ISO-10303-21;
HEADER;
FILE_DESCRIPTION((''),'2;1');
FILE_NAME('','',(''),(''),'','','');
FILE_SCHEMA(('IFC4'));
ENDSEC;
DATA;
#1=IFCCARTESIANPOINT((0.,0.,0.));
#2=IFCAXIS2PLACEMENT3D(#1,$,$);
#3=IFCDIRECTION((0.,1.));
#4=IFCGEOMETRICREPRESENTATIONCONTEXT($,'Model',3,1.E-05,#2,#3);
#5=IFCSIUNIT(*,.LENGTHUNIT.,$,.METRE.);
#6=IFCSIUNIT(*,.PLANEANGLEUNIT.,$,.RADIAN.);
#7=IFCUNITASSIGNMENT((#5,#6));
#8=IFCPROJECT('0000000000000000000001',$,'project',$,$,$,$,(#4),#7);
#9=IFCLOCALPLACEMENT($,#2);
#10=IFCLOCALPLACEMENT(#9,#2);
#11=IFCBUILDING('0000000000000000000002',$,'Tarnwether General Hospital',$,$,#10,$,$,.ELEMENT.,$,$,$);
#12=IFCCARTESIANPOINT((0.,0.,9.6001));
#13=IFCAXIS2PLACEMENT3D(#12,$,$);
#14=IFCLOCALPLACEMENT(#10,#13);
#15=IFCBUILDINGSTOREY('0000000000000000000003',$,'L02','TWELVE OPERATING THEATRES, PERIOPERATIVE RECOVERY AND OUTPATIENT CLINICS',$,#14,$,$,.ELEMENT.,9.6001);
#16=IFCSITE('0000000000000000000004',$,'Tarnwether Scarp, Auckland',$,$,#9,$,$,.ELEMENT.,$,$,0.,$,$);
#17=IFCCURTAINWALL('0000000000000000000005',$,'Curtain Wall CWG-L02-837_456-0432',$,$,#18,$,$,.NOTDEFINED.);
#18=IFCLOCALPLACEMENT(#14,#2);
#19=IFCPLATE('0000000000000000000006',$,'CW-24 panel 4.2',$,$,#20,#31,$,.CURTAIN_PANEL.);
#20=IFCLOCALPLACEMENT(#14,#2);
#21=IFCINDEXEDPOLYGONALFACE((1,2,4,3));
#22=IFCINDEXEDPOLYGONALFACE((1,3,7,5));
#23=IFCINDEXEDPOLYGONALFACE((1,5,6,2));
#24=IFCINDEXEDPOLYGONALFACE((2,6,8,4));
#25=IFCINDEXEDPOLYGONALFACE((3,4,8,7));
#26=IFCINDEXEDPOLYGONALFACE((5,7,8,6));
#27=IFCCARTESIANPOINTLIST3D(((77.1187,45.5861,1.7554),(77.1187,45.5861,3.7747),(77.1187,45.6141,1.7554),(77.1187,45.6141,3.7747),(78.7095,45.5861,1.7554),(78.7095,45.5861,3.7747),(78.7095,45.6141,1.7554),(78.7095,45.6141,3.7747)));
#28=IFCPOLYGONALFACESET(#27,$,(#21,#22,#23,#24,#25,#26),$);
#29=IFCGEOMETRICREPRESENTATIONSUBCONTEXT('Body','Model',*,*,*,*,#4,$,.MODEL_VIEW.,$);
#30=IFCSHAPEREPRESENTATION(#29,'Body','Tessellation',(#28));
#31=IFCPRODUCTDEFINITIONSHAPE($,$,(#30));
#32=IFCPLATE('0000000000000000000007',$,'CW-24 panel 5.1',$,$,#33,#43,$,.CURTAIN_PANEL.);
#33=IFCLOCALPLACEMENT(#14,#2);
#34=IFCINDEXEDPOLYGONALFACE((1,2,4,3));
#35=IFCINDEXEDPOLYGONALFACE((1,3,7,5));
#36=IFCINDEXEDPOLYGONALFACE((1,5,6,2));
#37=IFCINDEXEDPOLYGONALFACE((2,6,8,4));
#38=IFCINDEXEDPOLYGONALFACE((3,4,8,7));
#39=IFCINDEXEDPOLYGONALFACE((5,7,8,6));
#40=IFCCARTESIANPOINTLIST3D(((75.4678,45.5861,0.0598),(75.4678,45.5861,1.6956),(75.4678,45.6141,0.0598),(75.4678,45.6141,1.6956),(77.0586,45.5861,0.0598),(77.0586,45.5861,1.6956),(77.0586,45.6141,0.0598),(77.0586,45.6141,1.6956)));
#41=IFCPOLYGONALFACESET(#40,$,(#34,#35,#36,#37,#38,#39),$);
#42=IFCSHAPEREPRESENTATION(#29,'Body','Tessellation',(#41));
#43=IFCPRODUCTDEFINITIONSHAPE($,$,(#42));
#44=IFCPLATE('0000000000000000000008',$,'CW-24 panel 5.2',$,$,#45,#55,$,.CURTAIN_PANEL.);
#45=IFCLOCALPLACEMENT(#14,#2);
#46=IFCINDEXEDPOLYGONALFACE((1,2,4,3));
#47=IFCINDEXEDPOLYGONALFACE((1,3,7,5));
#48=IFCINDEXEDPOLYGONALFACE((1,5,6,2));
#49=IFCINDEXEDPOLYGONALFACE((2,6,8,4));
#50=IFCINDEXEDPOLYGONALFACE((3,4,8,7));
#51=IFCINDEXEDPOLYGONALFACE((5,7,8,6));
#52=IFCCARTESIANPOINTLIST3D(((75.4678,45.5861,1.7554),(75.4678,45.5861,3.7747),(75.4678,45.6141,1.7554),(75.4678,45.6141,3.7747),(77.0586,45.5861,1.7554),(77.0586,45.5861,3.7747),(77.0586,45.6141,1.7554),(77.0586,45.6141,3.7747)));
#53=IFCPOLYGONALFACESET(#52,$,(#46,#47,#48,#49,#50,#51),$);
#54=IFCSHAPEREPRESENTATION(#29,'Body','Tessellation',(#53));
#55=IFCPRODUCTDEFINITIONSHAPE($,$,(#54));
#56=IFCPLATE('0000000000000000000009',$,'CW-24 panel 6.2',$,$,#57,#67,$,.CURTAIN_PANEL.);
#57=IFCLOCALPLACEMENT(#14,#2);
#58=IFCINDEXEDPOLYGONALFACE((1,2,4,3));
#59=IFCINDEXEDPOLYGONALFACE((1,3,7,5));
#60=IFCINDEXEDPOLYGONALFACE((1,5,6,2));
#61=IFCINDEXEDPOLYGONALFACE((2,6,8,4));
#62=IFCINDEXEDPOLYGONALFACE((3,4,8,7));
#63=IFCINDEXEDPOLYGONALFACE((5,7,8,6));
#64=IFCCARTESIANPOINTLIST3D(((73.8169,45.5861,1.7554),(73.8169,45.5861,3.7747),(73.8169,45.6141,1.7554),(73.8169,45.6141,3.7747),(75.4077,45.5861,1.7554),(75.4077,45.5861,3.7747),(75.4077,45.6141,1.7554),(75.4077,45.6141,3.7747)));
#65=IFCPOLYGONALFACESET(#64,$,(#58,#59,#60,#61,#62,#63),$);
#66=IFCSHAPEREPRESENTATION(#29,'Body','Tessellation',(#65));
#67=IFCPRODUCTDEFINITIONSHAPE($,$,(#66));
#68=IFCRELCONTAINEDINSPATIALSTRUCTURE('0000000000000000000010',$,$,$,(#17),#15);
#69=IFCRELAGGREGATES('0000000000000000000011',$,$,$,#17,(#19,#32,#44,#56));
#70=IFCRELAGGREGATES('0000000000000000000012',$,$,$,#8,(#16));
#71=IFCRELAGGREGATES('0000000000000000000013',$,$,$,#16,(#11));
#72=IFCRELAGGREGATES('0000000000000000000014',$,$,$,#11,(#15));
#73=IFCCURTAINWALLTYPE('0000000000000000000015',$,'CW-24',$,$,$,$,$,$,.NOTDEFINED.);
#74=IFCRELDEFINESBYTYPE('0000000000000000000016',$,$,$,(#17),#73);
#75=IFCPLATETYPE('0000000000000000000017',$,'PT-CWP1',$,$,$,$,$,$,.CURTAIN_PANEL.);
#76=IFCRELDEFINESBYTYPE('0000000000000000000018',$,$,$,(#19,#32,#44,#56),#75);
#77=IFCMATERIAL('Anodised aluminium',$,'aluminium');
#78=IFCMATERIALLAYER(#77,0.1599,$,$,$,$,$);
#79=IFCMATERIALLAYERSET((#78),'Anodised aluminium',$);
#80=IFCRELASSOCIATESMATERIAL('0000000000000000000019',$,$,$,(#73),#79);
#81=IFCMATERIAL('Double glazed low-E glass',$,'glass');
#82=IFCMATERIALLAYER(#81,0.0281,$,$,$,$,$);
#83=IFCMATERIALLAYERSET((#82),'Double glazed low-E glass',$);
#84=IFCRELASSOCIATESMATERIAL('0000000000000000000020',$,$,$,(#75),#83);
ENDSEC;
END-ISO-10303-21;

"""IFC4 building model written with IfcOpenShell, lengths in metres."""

from ifc_helpers import new_model, si_unit, direction, frame, origin, origin_2d, place, context, subcontext, project, spatial, rectangle, extrude, material, layer, layer_set, type_object, element, aggregate, save


model = new_model("IFC4")

# Units and contexts
model_context = context("Model", 3, precision=1e-05, world=origin(), true_north=direction((0.0, 1.0)))
body_context = subcontext(model_context, "Body", "Model", "MODEL_VIEW")
ifc_project = project(units=[si_unit("LENGTHUNIT", "METRE"), si_unit("PLANEANGLEUNIT", "RADIAN")], contexts=[model_context])

# Site, building, storey
site_placement = place(None, origin())
site = spatial("IfcSite", under=ifc_project, at=site_placement, Name="Tarnwether Scarp, Auckland", CompositionType="ELEMENT", RefElevation=0.0)
building_placement = place(site_placement, origin())
building = spatial("IfcBuilding", under=site, at=building_placement, Name="Tarnwether General Hospital", CompositionType="ELEMENT")
storey_placement = place(building_placement, frame((0.0, 0.0, 9.6001)))
storey = spatial("IfcBuildingStorey", under=building, at=storey_placement, Name="L02", Description="TWELVE OPERATING THEATRES, PERIOPERATIVE RECOVERY AND OUTPATIENT CLINICS", CompositionType="ELEMENT", Elevation=9.6001)

# Curtain wall, plates
ifc_material_1 = material(Name="Anodised aluminium", Category="aluminium")
ifc_layer_1 = layer(ifc_material_1, 0.1599)
ifc_layer_set_1 = layer_set([ifc_layer_1], Name="Anodised aluminium")
curtain_wall_type = type_object("IfcCurtainWallType", Name="CW-24", PredefinedType="NOTDEFINED", material=ifc_layer_set_1)
curtain_wall_placement = place(storey_placement, origin())
curtain_wall = element("IfcCurtainWall", 1, at=curtain_wall_placement, inside=storey, type_object=curtain_wall_type, Name="Curtain Wall CWG-L02-837_456-0432", PredefinedType="NOTDEFINED")
ifc_material_2 = material(Name="Double glazed low-E glass", Category="glass")
ifc_layer_2 = layer(ifc_material_2, 0.0281)
ifc_layer_set_2 = layer_set([ifc_layer_2], Name="Double glazed low-E glass")
plate_type = type_object("IfcPlateType", Name="PT-CWP1", PredefinedType="CURTAIN_PANEL", material=ifc_layer_set_2)
plate_1_placement = place(storey_placement, frame((77.9141, 45.6001, 1.7554), z_axis=(0.0, 0.0, 1.0), x_axis=(-1.0, 0.0, 0.0)))
plate_1 = element("IfcPlate", 2, at=plate_1_placement, type_object=plate_type, Name="CW-24 panel 4.2", PredefinedType="CURTAIN_PANEL", context=body_context, shape_type="SweptSolid", body=[
    extrude(rectangle(XDim=1.5908, YDim=0.0281, at=origin_2d()), origin(), (0.0, 0.0, 1.0), 2.0193),
])
plate_2_placement = place(storey_placement, frame((76.2632, 45.6001, 0.0598), z_axis=(0.0, 0.0, 1.0), x_axis=(-1.0, 0.0, 0.0)))
plate_2 = element("IfcPlate", 3, at=plate_2_placement, type_object=plate_type, Name="CW-24 panel 5.1", PredefinedType="CURTAIN_PANEL", context=body_context, shape_type="SweptSolid", body=[
    extrude(rectangle(XDim=1.5908, YDim=0.0281, at=origin_2d()), origin(), (0.0, 0.0, 1.0), 1.6357),
])
plate_3_placement = place(storey_placement, frame((76.2632, 45.6001, 1.7554), z_axis=(0.0, 0.0, 1.0), x_axis=(-1.0, 0.0, 0.0)))
plate_3 = element("IfcPlate", 4, at=plate_3_placement, type_object=plate_type, Name="CW-24 panel 5.2", PredefinedType="CURTAIN_PANEL", context=body_context, shape_type="SweptSolid", body=[
    extrude(rectangle(XDim=1.5908, YDim=0.0281, at=origin_2d()), origin(), (0.0, 0.0, 1.0), 2.0193),
])
plate_4_placement = place(storey_placement, frame((74.6123, 45.6001, 1.7554), z_axis=(0.0, 0.0, 1.0), x_axis=(-1.0, 0.0, 0.0)))
plate_4 = element("IfcPlate", 5, at=plate_4_placement, type_object=plate_type, Name="CW-24 panel 6.2", PredefinedType="CURTAIN_PANEL", context=body_context, shape_type="SweptSolid", body=[
    extrude(rectangle(XDim=1.5908, YDim=0.0281, at=origin_2d()), origin(), (0.0, 0.0, 1.0), 2.0193),
])
aggregate(curtain_wall, [plate_1, plate_2, plate_3, plate_4])

save(model, "model.ifc")
